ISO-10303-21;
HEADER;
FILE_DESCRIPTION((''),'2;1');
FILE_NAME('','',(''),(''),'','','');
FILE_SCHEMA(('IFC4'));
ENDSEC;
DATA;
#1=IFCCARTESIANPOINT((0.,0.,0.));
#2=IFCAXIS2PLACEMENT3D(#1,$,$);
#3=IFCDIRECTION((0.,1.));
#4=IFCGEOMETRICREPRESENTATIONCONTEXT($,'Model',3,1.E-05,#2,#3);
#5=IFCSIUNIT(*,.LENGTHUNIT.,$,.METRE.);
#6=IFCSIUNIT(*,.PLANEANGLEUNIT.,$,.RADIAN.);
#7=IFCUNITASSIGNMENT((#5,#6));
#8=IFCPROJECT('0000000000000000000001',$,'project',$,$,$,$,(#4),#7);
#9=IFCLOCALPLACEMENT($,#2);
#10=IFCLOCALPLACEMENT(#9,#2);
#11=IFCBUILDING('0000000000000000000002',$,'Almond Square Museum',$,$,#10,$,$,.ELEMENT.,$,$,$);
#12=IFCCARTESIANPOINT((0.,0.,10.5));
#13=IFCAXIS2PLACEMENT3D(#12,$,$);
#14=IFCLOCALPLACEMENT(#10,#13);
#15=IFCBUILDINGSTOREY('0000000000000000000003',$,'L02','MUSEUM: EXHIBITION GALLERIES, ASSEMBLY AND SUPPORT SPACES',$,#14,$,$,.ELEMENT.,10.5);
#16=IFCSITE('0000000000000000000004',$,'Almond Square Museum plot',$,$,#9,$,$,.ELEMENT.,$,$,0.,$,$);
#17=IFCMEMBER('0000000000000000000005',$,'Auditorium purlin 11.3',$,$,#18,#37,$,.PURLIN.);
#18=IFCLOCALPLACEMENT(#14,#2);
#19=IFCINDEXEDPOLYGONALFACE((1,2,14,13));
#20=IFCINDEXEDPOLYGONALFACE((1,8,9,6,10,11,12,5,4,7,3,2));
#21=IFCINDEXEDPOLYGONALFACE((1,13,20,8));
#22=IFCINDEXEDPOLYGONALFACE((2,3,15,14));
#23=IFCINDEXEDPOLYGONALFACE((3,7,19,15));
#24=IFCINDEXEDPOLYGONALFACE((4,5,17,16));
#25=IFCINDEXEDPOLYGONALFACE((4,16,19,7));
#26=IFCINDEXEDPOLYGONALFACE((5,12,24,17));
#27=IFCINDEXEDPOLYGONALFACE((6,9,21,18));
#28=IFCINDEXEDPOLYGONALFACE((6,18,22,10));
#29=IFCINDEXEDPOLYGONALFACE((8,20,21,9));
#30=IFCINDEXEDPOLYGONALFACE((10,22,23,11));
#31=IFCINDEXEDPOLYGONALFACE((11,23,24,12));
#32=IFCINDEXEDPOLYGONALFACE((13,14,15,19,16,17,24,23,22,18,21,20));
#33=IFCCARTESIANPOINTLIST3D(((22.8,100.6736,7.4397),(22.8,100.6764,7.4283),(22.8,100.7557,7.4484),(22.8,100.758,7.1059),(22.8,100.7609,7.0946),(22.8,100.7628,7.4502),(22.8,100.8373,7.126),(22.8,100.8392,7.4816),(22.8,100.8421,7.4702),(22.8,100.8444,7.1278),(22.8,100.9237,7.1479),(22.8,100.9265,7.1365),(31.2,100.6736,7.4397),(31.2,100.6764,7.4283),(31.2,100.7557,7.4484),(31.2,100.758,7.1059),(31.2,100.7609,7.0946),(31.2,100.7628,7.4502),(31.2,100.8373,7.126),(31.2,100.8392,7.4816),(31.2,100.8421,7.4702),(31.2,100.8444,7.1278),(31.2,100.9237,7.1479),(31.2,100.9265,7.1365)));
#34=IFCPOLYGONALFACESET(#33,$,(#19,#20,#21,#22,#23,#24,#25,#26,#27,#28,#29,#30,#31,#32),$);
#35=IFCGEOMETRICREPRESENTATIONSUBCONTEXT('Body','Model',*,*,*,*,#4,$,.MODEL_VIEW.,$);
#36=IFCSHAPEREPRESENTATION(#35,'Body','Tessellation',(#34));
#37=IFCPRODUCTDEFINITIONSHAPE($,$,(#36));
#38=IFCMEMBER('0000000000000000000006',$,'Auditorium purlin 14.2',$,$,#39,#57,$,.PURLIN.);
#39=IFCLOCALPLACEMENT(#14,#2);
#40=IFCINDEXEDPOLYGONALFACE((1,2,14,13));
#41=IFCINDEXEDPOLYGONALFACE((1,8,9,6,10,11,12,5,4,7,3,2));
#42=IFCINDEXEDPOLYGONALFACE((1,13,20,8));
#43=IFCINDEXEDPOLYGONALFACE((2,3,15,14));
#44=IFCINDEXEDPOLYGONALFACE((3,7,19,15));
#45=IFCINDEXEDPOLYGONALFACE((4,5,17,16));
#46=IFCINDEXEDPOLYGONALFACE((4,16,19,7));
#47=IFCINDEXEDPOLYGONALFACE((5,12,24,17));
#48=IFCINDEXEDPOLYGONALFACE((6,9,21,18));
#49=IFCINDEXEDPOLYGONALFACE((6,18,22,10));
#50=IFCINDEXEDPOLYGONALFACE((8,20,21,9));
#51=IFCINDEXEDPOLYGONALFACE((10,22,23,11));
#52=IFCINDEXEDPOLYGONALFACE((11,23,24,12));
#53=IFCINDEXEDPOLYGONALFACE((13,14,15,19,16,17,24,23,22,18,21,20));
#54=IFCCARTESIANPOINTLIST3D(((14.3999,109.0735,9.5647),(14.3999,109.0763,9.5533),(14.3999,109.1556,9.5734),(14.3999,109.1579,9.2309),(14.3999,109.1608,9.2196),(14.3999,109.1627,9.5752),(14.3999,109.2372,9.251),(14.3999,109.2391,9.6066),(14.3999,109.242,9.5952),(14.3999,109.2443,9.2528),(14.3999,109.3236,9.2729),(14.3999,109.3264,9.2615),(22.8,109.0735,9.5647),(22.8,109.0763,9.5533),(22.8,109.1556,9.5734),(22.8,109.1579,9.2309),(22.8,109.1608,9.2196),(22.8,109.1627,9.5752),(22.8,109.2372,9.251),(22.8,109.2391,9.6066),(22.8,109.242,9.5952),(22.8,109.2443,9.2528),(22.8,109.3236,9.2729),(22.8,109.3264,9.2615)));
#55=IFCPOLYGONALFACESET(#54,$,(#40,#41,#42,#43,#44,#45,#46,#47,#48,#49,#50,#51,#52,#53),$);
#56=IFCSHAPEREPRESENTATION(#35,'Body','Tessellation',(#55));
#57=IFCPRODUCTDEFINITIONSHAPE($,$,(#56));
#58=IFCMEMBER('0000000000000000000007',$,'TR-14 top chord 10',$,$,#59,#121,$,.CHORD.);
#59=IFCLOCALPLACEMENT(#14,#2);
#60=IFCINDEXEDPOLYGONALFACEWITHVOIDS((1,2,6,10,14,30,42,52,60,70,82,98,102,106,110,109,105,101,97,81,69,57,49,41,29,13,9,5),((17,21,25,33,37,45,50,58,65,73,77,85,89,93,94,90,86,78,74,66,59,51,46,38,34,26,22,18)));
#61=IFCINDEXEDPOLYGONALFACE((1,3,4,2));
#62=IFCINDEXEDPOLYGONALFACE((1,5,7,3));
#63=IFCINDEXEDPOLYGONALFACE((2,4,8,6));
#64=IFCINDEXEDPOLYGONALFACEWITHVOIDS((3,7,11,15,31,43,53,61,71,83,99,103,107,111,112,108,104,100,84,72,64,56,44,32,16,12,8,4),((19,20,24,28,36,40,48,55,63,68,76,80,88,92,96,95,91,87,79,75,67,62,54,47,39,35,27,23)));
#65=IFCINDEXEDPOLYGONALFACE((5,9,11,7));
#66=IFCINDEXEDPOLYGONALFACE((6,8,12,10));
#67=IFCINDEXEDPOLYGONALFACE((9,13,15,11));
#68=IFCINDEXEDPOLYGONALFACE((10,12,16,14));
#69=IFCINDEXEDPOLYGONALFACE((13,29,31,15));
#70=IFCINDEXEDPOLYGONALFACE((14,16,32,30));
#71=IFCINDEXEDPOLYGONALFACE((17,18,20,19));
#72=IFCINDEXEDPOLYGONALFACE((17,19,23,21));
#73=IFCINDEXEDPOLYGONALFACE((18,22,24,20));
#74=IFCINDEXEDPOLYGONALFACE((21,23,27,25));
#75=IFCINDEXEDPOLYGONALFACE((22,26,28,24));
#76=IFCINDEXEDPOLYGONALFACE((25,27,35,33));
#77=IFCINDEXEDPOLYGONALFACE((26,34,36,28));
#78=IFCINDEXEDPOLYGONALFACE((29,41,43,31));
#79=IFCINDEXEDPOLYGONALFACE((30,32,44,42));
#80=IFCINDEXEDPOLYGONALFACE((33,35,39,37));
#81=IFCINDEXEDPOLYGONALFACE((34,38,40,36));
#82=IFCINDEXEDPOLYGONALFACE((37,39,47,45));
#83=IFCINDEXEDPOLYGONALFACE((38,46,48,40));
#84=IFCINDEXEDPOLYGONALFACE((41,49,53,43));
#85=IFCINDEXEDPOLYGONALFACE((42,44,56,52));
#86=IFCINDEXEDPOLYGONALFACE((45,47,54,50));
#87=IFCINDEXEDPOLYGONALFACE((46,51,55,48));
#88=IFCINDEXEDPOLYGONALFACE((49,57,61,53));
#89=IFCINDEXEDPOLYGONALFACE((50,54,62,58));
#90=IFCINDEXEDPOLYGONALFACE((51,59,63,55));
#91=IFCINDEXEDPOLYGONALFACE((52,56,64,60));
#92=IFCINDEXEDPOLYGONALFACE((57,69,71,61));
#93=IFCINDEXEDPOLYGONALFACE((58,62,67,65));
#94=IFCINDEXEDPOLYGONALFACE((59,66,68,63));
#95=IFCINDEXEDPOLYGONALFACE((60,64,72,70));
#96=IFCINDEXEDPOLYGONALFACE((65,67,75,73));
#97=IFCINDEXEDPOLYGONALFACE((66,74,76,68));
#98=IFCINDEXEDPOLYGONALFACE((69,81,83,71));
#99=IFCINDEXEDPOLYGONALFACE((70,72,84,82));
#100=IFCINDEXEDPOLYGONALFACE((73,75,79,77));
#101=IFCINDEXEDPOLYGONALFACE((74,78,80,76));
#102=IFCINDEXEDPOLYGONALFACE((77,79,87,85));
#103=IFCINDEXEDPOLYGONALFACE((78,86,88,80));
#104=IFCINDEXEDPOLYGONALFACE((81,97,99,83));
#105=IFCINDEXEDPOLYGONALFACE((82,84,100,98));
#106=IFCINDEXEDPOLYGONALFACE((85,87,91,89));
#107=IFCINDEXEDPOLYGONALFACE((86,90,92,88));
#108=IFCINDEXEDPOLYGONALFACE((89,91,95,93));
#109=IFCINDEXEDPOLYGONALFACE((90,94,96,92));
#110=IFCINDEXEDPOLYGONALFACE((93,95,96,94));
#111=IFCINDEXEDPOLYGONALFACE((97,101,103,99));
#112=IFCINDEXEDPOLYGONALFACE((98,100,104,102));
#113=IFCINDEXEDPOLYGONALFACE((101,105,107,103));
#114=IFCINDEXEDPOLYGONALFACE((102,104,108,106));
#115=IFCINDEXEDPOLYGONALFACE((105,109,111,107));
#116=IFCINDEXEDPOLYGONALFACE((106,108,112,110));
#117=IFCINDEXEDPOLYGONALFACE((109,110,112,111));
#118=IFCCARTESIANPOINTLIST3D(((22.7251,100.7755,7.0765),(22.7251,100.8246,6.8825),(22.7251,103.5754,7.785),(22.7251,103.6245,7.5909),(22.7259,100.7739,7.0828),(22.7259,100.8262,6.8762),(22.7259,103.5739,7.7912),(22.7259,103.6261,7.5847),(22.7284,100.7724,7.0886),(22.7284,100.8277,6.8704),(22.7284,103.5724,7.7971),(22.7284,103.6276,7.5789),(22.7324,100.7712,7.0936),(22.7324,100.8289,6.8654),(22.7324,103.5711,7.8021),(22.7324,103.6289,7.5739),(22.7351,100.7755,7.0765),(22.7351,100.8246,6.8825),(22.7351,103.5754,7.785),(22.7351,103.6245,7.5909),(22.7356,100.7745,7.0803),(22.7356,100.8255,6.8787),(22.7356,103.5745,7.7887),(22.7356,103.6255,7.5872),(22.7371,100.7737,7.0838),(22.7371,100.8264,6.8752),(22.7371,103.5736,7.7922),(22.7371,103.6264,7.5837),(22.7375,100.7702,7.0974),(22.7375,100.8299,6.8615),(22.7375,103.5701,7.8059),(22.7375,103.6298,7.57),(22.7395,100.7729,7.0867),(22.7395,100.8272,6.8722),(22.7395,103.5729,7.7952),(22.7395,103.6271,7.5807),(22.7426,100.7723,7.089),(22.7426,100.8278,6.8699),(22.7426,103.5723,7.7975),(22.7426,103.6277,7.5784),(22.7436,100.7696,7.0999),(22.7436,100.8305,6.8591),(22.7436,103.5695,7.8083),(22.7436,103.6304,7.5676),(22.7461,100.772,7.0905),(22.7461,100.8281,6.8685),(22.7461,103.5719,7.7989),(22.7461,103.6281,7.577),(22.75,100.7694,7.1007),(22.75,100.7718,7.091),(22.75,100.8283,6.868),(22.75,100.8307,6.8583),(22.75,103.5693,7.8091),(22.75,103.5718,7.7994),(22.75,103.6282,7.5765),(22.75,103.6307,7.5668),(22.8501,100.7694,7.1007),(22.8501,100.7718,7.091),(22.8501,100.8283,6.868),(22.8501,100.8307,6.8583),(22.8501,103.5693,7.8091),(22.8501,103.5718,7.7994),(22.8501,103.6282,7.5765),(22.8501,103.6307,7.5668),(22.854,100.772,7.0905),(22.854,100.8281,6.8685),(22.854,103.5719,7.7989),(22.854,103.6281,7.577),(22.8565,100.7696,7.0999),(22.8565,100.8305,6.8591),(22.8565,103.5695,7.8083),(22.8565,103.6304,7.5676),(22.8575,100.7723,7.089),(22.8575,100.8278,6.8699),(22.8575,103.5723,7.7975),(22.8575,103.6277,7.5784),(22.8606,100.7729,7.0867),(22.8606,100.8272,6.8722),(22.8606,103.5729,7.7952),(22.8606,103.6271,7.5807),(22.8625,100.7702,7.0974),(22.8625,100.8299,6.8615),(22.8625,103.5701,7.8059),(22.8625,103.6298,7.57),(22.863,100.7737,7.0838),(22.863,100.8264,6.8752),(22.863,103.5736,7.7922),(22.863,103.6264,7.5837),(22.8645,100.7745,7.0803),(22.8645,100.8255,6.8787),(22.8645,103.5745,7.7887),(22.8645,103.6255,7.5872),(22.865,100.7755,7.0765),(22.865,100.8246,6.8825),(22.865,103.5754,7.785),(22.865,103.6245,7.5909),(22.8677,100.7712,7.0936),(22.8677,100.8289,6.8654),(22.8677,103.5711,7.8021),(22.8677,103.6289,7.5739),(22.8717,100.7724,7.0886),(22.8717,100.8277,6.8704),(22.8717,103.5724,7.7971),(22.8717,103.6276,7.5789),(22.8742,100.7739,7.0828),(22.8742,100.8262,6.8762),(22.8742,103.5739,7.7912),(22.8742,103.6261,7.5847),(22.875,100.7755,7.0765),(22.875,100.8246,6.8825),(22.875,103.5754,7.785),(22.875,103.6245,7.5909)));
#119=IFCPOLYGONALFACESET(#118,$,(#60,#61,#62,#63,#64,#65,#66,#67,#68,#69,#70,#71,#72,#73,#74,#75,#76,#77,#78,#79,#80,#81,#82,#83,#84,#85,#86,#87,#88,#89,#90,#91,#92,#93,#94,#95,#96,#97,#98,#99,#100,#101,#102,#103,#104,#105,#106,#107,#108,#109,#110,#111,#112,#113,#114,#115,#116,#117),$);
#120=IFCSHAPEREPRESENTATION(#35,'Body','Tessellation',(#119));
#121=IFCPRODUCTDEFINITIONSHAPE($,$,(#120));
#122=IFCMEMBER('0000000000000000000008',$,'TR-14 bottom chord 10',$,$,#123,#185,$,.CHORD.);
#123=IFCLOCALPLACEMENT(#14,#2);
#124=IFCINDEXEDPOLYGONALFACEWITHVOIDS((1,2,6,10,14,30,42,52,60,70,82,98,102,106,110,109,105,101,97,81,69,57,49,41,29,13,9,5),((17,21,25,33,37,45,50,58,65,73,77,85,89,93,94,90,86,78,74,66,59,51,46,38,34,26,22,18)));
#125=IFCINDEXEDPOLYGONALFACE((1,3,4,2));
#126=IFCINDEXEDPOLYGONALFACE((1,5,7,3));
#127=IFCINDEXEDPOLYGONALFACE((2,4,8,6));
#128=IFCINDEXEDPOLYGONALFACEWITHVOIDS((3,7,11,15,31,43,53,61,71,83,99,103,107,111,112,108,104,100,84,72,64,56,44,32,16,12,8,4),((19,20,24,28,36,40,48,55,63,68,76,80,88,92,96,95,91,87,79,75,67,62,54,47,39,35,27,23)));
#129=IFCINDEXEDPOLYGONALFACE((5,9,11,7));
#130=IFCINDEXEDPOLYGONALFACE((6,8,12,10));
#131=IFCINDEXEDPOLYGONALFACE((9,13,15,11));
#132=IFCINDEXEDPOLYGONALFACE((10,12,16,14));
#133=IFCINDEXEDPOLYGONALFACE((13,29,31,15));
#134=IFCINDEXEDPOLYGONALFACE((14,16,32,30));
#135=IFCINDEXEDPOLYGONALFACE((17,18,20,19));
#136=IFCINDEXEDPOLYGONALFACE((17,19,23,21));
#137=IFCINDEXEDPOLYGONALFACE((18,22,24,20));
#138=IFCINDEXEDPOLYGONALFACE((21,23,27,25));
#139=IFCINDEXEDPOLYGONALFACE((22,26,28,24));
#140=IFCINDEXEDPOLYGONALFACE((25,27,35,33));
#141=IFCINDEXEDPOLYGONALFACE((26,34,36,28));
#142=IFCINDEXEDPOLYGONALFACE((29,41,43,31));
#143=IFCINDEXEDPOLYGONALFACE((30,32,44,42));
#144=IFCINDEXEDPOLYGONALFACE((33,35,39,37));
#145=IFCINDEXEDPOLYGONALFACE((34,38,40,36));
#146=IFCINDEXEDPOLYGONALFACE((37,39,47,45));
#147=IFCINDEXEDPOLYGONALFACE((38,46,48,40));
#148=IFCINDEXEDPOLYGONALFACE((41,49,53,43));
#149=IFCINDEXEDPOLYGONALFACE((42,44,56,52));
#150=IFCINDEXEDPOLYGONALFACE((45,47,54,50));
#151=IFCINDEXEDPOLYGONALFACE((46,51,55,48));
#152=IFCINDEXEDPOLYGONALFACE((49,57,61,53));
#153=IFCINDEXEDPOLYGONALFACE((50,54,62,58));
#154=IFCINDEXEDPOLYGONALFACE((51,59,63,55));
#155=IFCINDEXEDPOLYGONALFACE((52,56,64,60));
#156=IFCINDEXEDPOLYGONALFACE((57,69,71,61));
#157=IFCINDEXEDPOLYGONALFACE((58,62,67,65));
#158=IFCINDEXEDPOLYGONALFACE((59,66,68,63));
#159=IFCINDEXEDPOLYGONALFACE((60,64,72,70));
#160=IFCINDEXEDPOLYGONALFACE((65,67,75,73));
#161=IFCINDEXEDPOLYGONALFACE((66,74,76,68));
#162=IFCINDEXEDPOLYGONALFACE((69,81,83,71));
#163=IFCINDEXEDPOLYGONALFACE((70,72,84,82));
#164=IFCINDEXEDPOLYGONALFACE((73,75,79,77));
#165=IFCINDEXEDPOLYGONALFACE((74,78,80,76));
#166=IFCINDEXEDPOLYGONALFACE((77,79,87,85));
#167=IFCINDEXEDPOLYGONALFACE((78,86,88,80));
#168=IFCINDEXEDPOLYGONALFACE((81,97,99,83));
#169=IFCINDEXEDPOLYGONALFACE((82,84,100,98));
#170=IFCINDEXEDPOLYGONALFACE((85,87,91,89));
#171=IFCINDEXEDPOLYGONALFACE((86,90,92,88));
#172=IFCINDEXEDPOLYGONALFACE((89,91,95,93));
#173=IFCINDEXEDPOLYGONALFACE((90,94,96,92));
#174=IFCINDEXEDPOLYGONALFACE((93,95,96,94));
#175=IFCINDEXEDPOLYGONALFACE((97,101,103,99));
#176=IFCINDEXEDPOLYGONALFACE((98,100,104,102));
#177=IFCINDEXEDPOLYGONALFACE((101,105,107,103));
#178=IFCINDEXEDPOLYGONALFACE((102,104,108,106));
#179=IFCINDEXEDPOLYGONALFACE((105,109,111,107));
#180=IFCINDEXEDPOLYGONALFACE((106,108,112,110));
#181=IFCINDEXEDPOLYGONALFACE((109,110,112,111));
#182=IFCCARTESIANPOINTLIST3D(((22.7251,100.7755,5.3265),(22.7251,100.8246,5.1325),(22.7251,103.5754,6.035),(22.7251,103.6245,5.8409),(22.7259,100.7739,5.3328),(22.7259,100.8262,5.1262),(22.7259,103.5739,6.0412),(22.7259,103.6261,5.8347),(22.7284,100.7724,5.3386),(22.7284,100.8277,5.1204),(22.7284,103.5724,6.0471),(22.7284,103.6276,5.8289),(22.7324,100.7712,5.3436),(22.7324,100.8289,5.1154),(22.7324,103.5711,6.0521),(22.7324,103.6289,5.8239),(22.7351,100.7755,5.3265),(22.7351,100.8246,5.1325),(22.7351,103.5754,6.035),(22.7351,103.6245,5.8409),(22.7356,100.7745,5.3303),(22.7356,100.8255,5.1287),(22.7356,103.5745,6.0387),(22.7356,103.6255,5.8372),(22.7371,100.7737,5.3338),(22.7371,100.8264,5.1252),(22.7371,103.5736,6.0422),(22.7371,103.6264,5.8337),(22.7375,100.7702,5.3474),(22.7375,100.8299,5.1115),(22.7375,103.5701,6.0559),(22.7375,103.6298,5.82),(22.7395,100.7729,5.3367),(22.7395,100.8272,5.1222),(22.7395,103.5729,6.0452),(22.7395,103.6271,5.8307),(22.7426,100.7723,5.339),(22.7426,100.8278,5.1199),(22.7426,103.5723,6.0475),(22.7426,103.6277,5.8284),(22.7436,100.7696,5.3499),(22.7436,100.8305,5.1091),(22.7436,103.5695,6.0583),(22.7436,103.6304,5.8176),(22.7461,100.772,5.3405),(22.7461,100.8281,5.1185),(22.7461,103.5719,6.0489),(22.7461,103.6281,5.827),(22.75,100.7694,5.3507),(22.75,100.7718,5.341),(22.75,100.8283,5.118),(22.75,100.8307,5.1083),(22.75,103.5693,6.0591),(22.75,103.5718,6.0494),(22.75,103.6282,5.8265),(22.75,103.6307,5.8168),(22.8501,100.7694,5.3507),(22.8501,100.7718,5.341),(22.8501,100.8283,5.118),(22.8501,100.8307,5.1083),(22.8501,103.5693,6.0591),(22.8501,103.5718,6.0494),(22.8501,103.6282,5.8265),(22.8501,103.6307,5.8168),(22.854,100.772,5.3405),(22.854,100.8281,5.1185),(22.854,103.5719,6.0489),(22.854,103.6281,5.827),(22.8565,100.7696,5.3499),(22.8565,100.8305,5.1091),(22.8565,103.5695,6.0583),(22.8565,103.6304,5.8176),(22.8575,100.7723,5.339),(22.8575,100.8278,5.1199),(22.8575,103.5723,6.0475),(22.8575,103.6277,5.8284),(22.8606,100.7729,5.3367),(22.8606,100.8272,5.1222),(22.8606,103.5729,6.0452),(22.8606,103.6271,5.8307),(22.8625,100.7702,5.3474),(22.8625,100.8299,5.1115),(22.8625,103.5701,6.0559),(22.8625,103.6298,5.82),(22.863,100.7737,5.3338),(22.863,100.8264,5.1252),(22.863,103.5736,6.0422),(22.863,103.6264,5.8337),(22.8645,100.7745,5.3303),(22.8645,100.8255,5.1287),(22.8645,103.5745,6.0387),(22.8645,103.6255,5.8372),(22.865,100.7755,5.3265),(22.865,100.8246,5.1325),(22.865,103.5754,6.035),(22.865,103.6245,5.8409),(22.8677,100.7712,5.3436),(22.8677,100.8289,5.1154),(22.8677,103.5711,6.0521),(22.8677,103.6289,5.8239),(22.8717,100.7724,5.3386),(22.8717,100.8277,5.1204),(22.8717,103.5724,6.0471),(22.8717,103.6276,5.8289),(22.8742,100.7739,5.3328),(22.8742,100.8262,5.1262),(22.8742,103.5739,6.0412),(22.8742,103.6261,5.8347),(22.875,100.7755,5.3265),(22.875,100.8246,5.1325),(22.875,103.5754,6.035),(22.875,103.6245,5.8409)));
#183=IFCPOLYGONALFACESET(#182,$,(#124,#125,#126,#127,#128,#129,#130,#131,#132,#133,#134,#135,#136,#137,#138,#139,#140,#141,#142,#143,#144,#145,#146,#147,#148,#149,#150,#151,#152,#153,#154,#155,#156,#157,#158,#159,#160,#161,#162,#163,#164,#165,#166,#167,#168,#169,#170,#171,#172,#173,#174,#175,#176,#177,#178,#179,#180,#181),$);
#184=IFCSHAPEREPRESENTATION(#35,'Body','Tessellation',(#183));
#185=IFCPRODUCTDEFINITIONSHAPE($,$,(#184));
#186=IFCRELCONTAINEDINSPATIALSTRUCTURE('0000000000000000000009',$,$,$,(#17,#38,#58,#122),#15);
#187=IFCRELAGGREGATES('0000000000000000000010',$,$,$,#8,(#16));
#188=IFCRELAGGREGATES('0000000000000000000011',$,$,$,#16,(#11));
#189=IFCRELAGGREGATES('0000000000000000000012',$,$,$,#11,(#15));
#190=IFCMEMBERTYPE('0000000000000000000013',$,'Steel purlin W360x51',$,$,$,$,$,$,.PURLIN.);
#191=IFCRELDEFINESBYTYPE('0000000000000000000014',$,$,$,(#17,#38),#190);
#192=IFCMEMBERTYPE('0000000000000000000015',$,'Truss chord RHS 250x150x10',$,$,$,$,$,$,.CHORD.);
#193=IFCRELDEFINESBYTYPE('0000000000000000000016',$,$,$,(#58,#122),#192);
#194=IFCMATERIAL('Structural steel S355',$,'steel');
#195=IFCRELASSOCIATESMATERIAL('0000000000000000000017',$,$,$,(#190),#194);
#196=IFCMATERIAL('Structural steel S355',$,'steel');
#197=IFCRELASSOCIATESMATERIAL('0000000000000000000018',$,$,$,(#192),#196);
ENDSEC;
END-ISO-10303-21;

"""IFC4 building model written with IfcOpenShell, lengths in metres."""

from ifc_helpers import new_model, si_unit, direction, frame, origin, origin_2d, place, context, subcontext, project, spatial, hollow_rectangle, i_section, extrude, material, material_profile, profile_set, type_object, element, save


model = new_model("IFC4")

# Units and contexts
model_context = context("Model", 3, precision=1e-05, world=origin(), true_north=direction((0.0, 1.0)))
body_context = subcontext(model_context, "Body", "Model", "MODEL_VIEW")
ifc_project = project(units=[si_unit("LENGTHUNIT", "METRE"), si_unit("PLANEANGLEUNIT", "RADIAN")], contexts=[model_context])

# Site, building, storey
site_placement = place(None, origin())
site = spatial("IfcSite", under=ifc_project, at=site_placement, Name="Almond Square Museum plot", CompositionType="ELEMENT", RefElevation=0.0)
building_placement = place(site_placement, origin())
building = spatial("IfcBuilding", under=site, at=building_placement, Name="Almond Square Museum", CompositionType="ELEMENT")
storey_placement = place(building_placement, frame((0.0, 0.0, 10.5)))
storey = spatial("IfcBuildingStorey", under=building, at=storey_placement, Name="L02", Description="MUSEUM: EXHIBITION GALLERIES, ASSEMBLY AND SUPPORT SPACES", CompositionType="ELEMENT", Elevation=10.5)

# Members
ifc_material_1 = material(Name="Structural steel S355", Category="steel")
ifc_material_profile_1 = material_profile(ifc_material_1, i_section(OverallWidth=0.1709, OverallDepth=0.356, WebThickness=0.0073, FlangeThickness=0.0117, at=origin_2d()))
ifc_profile_set_1 = profile_set([ifc_material_profile_1], Name="Structural steel S355")
member_type_1 = type_object("IfcMemberType", Name="Steel purlin W360x51", PredefinedType="PURLIN", material=ifc_profile_set_1)
for number, where, z_axis, x_axis, name in (
    (1, (22.8, 100.8, 7.2881), (1.0, 0.0, 0.0), (0.0, 0.96946, 0.24525), "Auditorium purlin 11.3"),
):
    element("IfcMember", number, at=place(storey_placement, frame(where, z_axis=z_axis, x_axis=x_axis)), inside=storey, type_object=member_type_1, Name=name, PredefinedType="PURLIN", context=body_context, shape_type="SweptSolid", body=[
        extrude(i_section(OverallWidth=0.1709, OverallDepth=0.356, WebThickness=0.0073, FlangeThickness=0.0117, at=origin_2d()), origin(), (0.0, 0.0, 1.0), 8.3999),
    ])
member_1_placement = place(storey_placement, frame((14.3999, 109.2, 9.4131), z_axis=(1.0, 0.0, 0.0), x_axis=(0.0, 0.96946, 0.24525)))
element("IfcMember", 2, at=member_1_placement, inside=storey, type_object=member_type_1, Name="Auditorium purlin 14.2", PredefinedType="PURLIN", context=body_context, shape_type="SweptSolid", body=[
    extrude(i_section(OverallWidth=0.1709, OverallDepth=0.356, WebThickness=0.0073, FlangeThickness=0.0117, at=origin_2d()), origin(), (0.0, 0.0, 1.0), 8.4001),
])
ifc_material_2 = material(Name="Structural steel S355", Category="steel")
ifc_material_profile_2 = material_profile(ifc_material_2, hollow_rectangle(XDim=0.1499, YDim=0.25, WallThickness=0.01, InnerFilletRadius=0.0149, OuterFilletRadius=0.0249, at=origin_2d()))
ifc_profile_set_2 = profile_set([ifc_material_profile_2], Name="Structural steel S355")
member_type_2 = type_object("IfcMemberType", Name="Truss chord RHS 250x150x10", PredefinedType="CHORD", material=ifc_profile_set_2)
for number, where, z_axis, x_axis, name in (
    (3, (22.8, 100.8, 6.9795), (0.0, 0.969447, 0.245299), (-1.0, 0.0, 0.0), "TR-14 top chord 10"),
    (4, (22.8, 100.8, 5.2295), (0.0, 0.969447, 0.245299), (-1.0, 0.0, 0.0), "TR-14 bottom chord 10"),
):
    element("IfcMember", number, at=place(storey_placement, frame(where, z_axis=z_axis, x_axis=x_axis)), inside=storey, type_object=member_type_2, Name=name, PredefinedType="CHORD", context=body_context, shape_type="SweptSolid", body=[
        extrude(hollow_rectangle(XDim=0.1499, YDim=0.25, WallThickness=0.01, InnerFilletRadius=0.0149, OuterFilletRadius=0.0249, at=origin_2d()), origin(), (0.0, 0.0, 1.0), 2.8882),
    ])

save(model, "model.ifc")
